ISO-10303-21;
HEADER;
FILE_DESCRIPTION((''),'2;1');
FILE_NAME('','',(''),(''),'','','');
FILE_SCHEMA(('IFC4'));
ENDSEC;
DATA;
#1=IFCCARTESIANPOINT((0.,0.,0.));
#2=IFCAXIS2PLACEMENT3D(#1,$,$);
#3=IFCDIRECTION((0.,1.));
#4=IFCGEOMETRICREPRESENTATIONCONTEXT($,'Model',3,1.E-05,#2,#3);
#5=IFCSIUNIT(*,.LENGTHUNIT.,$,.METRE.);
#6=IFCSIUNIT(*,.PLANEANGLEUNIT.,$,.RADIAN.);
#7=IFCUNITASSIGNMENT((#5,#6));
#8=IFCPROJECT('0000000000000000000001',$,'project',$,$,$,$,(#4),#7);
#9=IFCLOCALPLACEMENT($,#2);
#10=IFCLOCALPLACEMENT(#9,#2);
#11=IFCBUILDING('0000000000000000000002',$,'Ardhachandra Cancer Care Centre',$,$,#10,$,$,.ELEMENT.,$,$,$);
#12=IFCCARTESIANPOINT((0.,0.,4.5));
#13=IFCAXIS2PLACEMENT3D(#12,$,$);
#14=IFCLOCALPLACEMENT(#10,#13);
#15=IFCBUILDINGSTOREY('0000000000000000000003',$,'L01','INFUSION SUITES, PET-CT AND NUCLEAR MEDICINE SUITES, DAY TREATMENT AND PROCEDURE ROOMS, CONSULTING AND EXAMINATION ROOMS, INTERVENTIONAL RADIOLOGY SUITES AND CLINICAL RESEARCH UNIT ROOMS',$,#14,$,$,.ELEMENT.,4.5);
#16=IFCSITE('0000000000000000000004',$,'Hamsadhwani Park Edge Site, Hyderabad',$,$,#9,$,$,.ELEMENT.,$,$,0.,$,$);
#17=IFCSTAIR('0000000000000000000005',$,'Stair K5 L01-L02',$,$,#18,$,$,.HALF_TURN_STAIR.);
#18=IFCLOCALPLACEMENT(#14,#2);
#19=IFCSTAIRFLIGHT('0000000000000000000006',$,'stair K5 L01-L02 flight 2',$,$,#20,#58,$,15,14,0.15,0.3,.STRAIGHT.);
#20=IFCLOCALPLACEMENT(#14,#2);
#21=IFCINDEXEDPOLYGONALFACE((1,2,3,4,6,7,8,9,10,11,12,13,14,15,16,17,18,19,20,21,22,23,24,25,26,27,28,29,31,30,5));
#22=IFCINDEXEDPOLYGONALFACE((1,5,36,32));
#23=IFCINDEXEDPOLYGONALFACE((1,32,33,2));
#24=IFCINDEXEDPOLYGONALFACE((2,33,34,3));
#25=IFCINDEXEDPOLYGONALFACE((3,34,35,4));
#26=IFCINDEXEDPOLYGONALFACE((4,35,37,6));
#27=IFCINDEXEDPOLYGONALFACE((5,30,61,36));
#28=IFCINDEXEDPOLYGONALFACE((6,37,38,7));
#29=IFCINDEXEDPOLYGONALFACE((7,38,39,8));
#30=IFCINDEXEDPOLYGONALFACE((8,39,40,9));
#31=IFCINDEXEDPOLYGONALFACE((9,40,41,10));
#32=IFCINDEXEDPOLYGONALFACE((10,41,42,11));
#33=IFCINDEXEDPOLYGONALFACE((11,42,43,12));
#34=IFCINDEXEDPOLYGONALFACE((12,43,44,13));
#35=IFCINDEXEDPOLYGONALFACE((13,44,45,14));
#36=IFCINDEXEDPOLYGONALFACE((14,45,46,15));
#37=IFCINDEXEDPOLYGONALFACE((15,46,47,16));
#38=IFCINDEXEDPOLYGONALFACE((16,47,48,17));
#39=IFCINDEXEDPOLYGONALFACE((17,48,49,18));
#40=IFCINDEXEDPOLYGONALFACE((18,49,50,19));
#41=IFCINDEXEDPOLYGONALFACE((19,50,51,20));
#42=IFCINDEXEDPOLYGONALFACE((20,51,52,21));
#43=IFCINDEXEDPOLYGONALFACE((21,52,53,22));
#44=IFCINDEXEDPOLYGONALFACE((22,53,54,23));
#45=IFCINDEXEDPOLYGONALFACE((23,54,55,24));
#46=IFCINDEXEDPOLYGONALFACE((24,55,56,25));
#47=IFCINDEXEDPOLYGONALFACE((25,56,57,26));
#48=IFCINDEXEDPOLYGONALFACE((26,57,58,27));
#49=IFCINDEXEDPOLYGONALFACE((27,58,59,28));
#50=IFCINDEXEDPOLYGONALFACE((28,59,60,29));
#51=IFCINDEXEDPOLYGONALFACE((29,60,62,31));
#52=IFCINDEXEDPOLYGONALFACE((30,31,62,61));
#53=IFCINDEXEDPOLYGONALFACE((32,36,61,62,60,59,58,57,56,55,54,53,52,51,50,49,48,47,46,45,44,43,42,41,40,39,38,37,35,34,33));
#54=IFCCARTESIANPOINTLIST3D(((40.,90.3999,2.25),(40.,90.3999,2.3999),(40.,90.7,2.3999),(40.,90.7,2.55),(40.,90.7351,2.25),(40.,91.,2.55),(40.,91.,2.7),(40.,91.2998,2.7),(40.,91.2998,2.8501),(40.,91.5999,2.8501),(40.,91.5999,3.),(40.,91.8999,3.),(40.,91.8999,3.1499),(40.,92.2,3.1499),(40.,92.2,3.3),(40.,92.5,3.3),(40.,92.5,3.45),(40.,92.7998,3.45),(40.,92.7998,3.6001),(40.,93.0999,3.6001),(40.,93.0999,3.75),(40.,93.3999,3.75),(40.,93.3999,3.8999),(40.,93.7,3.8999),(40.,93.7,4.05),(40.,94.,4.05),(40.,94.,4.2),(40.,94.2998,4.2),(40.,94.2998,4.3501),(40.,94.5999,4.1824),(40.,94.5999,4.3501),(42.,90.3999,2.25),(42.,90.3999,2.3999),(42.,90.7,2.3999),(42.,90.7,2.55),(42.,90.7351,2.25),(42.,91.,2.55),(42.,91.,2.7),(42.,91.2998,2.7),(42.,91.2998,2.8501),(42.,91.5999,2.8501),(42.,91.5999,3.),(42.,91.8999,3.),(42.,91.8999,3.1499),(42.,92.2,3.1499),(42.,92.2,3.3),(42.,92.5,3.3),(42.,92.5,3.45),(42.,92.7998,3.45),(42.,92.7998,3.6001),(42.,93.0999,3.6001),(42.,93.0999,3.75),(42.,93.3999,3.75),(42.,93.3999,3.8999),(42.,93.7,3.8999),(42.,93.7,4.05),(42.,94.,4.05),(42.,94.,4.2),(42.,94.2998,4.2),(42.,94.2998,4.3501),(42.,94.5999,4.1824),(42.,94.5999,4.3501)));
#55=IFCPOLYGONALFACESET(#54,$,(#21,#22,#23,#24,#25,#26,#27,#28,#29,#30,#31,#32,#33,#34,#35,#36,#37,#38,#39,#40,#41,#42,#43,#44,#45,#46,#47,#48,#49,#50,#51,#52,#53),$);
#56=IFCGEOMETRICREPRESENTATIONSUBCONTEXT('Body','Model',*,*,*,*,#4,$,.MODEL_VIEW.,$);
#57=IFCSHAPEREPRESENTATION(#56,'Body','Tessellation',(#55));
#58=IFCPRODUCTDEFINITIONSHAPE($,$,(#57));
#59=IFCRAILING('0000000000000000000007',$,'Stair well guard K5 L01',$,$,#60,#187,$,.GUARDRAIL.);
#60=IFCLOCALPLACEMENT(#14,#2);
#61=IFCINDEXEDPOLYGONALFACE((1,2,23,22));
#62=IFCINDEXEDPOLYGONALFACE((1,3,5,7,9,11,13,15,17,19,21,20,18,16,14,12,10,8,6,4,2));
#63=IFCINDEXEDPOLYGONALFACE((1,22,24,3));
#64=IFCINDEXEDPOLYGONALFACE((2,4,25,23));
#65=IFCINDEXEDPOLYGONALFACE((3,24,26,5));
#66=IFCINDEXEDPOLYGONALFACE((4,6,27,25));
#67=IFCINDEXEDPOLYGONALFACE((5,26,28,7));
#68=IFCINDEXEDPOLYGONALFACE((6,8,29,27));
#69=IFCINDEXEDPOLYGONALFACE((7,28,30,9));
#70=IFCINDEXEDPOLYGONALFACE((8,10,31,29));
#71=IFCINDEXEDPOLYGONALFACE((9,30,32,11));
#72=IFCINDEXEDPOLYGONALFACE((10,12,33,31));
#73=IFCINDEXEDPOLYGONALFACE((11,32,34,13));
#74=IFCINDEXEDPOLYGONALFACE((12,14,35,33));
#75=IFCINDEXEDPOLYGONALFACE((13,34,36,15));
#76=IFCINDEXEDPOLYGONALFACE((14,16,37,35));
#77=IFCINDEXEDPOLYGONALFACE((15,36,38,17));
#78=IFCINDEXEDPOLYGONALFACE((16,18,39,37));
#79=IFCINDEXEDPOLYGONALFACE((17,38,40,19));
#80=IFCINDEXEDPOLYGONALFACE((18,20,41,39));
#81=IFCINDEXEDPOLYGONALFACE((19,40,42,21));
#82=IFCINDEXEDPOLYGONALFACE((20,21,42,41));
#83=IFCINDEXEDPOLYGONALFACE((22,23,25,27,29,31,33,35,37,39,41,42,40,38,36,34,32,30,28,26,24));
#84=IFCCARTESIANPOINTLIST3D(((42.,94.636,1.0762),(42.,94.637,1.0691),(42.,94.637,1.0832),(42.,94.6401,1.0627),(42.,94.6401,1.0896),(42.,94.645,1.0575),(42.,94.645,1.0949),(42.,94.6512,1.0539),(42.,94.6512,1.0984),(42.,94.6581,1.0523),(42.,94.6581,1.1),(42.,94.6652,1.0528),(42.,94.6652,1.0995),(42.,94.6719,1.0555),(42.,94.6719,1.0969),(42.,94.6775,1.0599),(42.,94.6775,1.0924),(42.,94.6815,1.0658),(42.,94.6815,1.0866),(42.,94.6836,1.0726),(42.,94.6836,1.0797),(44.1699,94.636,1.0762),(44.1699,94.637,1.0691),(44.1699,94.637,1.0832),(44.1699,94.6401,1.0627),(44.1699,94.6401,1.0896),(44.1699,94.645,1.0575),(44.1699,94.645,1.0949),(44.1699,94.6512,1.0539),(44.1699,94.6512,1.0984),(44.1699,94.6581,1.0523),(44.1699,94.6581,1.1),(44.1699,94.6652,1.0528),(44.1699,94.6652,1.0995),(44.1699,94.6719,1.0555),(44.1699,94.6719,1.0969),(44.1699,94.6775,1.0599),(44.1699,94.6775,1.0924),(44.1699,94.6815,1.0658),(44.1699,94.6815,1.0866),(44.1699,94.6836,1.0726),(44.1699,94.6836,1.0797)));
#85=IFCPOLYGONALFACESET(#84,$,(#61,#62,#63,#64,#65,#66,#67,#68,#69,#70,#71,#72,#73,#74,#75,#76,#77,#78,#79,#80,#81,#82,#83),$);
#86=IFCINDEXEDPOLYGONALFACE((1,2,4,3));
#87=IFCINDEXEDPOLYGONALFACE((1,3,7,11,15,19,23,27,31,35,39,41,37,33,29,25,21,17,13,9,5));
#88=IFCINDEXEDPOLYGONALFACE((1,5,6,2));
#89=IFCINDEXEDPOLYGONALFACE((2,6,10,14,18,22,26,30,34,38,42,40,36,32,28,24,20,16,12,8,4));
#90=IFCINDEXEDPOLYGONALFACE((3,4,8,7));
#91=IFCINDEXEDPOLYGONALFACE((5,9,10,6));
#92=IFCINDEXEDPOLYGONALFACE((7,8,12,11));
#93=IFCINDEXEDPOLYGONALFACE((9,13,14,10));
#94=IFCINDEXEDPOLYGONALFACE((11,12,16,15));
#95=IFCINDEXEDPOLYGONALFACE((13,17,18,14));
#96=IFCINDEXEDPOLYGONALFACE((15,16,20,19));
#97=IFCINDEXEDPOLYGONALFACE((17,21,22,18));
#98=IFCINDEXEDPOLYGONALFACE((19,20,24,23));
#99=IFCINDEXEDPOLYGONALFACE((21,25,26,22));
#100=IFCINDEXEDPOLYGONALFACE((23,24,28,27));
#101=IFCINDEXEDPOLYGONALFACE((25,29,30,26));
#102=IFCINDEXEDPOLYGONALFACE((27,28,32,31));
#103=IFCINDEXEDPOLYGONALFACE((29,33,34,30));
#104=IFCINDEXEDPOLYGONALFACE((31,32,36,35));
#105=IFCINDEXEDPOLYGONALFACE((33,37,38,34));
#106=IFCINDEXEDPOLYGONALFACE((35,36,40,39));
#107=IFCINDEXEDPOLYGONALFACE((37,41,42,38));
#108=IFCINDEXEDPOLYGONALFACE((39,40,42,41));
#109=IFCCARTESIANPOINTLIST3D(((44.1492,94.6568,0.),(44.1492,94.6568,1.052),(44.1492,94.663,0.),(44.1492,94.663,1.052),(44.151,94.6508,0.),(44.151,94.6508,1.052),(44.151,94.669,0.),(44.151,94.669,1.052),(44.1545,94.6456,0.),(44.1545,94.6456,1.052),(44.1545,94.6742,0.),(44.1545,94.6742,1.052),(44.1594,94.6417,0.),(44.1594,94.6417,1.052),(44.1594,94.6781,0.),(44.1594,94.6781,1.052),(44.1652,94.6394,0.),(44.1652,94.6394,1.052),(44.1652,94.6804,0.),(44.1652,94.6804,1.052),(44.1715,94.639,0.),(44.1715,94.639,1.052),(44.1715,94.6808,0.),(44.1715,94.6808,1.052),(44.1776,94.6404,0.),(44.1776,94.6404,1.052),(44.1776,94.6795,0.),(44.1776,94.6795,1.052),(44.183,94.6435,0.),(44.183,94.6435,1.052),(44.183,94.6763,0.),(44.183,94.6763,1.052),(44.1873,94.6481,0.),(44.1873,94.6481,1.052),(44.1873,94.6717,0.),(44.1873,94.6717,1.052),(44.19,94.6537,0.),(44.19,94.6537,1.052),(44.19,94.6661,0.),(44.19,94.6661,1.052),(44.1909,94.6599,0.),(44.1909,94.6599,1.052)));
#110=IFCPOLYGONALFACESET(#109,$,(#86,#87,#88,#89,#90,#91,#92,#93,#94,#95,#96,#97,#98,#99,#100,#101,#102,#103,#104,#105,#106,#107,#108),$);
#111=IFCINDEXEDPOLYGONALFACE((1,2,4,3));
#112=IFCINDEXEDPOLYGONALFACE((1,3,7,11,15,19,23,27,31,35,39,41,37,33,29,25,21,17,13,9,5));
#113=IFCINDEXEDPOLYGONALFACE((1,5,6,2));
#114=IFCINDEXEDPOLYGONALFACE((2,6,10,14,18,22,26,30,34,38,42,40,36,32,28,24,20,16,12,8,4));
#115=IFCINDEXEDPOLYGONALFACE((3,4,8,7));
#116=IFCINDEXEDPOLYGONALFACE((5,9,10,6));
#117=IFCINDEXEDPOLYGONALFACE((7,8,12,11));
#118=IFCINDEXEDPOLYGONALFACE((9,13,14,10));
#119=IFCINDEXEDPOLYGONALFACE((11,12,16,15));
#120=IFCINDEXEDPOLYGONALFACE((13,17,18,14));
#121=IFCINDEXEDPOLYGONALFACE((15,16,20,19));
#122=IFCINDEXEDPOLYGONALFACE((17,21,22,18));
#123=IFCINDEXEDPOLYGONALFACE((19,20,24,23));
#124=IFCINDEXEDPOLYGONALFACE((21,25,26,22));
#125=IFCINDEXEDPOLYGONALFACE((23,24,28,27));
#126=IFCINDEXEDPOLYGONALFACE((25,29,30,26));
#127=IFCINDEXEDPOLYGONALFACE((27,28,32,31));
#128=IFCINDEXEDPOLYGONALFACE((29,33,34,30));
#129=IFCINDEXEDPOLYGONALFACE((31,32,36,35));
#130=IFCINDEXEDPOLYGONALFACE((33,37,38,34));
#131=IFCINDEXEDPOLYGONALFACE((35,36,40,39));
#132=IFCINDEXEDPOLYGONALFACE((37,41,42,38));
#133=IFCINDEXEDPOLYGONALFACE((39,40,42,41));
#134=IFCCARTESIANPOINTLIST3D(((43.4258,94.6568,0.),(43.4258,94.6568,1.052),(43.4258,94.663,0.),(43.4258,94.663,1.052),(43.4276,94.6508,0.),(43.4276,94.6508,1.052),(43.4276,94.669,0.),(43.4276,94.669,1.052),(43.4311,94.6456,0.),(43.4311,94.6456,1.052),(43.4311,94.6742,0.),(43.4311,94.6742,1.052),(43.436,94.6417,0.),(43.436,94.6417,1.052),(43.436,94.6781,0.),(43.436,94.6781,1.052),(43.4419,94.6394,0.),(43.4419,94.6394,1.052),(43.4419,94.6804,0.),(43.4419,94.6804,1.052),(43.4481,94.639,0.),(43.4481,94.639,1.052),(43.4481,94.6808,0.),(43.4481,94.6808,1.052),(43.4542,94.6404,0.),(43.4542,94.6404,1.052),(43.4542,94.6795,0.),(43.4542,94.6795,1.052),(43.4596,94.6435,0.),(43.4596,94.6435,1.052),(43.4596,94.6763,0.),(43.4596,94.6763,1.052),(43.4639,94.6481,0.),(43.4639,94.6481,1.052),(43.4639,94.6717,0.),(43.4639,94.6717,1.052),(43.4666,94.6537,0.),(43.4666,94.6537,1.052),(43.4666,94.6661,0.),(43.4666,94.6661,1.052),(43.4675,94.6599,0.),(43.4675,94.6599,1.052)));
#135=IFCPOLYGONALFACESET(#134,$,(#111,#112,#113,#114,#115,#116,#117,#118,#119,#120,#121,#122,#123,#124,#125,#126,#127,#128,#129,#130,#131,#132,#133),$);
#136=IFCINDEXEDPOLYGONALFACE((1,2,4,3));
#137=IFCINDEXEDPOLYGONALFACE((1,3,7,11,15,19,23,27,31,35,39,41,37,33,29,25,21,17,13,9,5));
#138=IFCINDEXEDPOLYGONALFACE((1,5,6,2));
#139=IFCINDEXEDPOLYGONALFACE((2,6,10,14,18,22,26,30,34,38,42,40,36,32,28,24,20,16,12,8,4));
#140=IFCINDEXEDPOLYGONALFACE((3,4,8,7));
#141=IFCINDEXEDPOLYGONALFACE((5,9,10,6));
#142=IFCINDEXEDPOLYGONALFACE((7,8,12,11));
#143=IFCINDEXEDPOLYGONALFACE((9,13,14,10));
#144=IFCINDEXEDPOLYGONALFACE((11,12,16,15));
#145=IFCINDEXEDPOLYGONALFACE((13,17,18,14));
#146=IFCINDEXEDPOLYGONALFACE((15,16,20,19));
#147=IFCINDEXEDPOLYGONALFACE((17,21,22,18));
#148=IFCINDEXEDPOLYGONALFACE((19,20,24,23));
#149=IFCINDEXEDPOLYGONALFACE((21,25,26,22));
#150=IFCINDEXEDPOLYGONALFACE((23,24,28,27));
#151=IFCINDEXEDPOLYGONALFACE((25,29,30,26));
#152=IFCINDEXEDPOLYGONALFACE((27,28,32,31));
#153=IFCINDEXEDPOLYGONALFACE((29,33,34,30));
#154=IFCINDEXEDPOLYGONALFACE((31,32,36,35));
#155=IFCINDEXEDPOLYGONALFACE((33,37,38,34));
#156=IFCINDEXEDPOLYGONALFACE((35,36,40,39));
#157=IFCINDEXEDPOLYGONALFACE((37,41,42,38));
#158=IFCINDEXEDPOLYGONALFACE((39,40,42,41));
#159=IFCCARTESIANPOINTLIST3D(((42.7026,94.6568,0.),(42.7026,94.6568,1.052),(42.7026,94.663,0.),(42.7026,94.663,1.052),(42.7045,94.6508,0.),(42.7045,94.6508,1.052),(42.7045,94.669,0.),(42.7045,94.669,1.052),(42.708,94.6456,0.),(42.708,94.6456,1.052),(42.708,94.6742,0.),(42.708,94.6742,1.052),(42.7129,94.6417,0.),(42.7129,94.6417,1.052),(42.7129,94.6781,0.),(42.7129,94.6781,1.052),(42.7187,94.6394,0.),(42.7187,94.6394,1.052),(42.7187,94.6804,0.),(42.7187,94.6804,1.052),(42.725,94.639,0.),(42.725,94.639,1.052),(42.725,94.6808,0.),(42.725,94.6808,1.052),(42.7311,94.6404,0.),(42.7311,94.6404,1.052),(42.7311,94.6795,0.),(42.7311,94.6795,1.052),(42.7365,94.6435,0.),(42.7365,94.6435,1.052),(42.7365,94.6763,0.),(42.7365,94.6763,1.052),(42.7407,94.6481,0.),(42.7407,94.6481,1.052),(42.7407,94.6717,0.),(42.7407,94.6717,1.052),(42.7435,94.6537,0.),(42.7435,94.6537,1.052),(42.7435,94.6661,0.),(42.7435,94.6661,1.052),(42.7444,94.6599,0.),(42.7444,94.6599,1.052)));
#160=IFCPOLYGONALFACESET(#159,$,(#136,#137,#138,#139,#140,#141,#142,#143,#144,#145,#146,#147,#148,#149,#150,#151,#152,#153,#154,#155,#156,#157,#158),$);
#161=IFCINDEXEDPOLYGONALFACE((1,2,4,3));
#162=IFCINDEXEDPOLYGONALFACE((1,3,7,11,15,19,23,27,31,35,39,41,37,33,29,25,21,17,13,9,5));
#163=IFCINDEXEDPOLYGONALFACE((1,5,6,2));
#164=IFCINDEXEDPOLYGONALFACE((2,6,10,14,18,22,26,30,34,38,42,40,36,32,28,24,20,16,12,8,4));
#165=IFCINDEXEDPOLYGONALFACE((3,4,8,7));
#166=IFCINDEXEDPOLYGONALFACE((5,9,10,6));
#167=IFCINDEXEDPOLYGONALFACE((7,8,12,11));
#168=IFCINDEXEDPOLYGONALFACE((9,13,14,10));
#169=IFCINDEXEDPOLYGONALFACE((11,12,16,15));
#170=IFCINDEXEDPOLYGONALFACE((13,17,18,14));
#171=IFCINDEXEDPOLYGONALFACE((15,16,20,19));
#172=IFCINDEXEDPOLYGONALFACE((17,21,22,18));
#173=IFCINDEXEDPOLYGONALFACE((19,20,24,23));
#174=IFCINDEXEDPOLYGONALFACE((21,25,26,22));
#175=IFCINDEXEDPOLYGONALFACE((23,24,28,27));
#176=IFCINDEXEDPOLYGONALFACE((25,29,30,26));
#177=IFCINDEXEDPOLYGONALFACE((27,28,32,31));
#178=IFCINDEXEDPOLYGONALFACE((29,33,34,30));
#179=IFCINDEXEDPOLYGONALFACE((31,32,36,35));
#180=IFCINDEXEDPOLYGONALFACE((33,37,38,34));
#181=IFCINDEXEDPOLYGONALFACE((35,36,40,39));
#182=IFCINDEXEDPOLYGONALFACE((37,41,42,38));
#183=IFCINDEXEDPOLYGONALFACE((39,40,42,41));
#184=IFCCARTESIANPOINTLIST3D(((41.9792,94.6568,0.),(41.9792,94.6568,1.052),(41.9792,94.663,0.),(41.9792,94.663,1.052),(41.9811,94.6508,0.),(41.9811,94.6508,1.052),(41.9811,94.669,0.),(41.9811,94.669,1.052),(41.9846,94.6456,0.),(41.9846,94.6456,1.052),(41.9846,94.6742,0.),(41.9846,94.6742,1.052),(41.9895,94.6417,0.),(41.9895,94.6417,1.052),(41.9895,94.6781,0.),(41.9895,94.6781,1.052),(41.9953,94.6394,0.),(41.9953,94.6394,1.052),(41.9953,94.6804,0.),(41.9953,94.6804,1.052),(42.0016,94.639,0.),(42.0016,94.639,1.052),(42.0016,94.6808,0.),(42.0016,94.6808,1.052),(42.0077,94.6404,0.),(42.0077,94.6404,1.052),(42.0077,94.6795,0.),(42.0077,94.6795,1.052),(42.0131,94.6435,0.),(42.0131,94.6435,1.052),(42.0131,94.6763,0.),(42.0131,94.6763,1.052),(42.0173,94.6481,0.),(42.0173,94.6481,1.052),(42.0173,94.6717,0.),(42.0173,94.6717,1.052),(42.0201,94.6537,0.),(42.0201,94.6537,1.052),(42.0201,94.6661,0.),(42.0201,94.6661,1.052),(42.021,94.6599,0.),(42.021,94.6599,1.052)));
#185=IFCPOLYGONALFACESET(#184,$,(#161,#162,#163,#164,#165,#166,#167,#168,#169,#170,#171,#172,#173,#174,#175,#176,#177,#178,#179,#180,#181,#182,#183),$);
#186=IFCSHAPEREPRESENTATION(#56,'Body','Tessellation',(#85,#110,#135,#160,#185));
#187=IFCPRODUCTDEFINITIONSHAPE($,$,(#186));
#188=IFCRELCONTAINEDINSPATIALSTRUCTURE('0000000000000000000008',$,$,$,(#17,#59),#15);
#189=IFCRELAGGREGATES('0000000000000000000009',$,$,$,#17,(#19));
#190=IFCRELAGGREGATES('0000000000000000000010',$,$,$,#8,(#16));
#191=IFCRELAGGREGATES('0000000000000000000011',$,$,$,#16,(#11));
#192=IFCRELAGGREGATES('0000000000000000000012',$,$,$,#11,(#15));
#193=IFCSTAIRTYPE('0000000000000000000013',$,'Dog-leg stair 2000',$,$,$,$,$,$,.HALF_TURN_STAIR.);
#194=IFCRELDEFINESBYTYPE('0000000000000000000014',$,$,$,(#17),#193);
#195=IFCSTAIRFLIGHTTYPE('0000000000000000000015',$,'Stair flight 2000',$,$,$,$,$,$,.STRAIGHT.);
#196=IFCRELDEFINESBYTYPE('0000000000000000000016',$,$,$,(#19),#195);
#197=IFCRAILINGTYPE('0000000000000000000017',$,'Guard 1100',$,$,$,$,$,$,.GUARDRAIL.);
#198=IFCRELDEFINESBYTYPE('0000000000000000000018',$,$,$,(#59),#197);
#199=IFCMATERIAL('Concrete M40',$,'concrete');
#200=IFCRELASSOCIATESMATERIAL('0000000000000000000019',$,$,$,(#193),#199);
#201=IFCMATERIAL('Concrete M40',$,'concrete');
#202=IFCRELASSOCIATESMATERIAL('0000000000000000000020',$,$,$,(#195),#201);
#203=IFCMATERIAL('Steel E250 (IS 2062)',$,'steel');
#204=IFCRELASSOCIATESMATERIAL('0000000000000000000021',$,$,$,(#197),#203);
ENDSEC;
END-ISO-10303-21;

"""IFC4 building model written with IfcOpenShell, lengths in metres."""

from ifc_helpers import new_model, si_unit, direction, frame, origin, origin_2d, place, context, subcontext, project, spatial, polyline, circle, outline, extrude, material, type_object, element, aggregate, save


model = new_model("IFC4")

# Units and contexts
model_context = context("Model", 3, precision=1e-05, world=origin(), true_north=direction((0.0, 1.0)))
body_context = subcontext(model_context, "Body", "Model", "MODEL_VIEW")
ifc_project = project(units=[si_unit("LENGTHUNIT", "METRE"), si_unit("PLANEANGLEUNIT", "RADIAN")], contexts=[model_context])

# Site, building, storey
site_placement = place(None, origin())
site = spatial("IfcSite", under=ifc_project, at=site_placement, Name="Hamsadhwani Park Edge Site, Hyderabad", CompositionType="ELEMENT", RefElevation=0.0)
building_placement = place(site_placement, origin())
building = spatial("IfcBuilding", under=site, at=building_placement, Name="Ardhachandra Cancer Care Centre", CompositionType="ELEMENT")
storey_placement = place(building_placement, frame((0.0, 0.0, 4.5)))
storey = spatial("IfcBuildingStorey", under=building, at=storey_placement, Name="L01", Description="INFUSION SUITES, PET-CT AND NUCLEAR MEDICINE SUITES, DAY TREATMENT AND PROCEDURE ROOMS, CONSULTING AND EXAMINATION ROOMS, INTERVENTIONAL RADIOLOGY SUITES AND CLINICAL RESEARCH UNIT ROOMS", CompositionType="ELEMENT", Elevation=4.5)

# Stair, stair flight
ifc_material_1 = material(Name="Concrete M40", Category="concrete")
stair_type = type_object("IfcStairType", Name="Dog-leg stair 2000", PredefinedType="HALF_TURN_STAIR", material=ifc_material_1)
stair_placement = place(storey_placement, origin())
stair = element("IfcStair", 1, at=stair_placement, inside=storey, type_object=stair_type, Name="Stair K5 L01-L02", PredefinedType="HALF_TURN_STAIR")
ifc_material_2 = material(Name="Concrete M40", Category="concrete")
stair_flight_type = type_object("IfcStairFlightType", Name="Stair flight 2000", PredefinedType="STRAIGHT", material=ifc_material_2)
stair_flight_1_placement = place(storey_placement, frame((41.0, 90.3999, 2.25), z_axis=(0.0, 0.0, 1.0), x_axis=(0.0, 1.0, 0.0)))
stair_flight_1 = element("IfcStairFlight", 2, at=stair_flight_1_placement, type_object=stair_flight_type, Name="stair K5 L01-L02 flight 2", NumberOfRisers=15, NumberOfTreads=14, PredefinedType="STRAIGHT", RiserHeight=0.15, TreadLength=0.3, context=body_context, shape_type="SweptSolid", body=[
    extrude(outline(polyline([(0.0, 0.0), (0.0, 0.1499), (0.3, 0.1499), (0.3, 0.3), (0.6001, 0.3), (0.6001, 0.45), (0.8999, 0.45), (0.8999, 0.6001), (1.2, 0.6001), (1.2, 0.75), (1.5, 0.75), (1.5, 0.8999), (1.8, 0.8999), (1.8, 1.05), (2.1001, 1.05), (2.1001, 1.2), (2.3999, 1.2), (2.3999, 1.3501), (2.7, 1.3501), (2.7, 1.5), (3.0, 1.5), (3.0, 1.6499), (3.3, 1.6499), (3.3, 1.8), (3.6001, 1.8), (3.6001, 1.95), (3.8999, 1.95), (3.8999, 2.1001), (4.2, 2.1001), (4.2, 2.25), (4.2, 1.9324), (0.3352, 0.0), (0.0, 0.0)])), frame((0.0, 1.0, 0.0), z_axis=(0.0, -1.0, 0.0), x_axis=(1.0, 0.0, 0.0)), (0.0, 0.0, 1.0), 2.0),
])
aggregate(stair, [stair_flight_1])

# Railing
ifc_material_3 = material(Name="Steel E250 (IS 2062)", Category="steel")
railing_type_1 = type_object("IfcRailingType", Name="Guard 1100", PredefinedType="GUARDRAIL", material=ifc_material_3)
railing_1_placement = place(storey_placement, frame((44.1699, 94.6599, 0.0)))
element("IfcRailing", 3, at=railing_1_placement, inside=storey, type_object=railing_type_1, Name="Stair well guard K5 L01", PredefinedType="GUARDRAIL", context=body_context, shape_type="SweptSolid", body=[
    extrude(circle(Radius=0.0239, at=origin_2d()), frame((0.0, 0.0, 1.0762), z_axis=(-1.0, 0.0, 0.0), x_axis=(0.0, -1.0, 0.0)), (0.0, 0.0, 1.0), 2.1699),
    extrude(circle(Radius=0.021, at=origin_2d()), origin(), (0.0, 0.0, 1.0), 1.052),
    extrude(circle(Radius=0.021, at=origin_2d()), frame((-0.7234, 0.0, 0.0)), (0.0, 0.0, 1.0), 1.052),
    extrude(circle(Radius=0.021, at=origin_2d()), frame((-1.4465, 0.0, 0.0)), (0.0, 0.0, 1.0), 1.052),
    extrude(circle(Radius=0.021, at=origin_2d()), frame((-2.1699, 0.0, 0.0)), (0.0, 0.0, 1.0), 1.052),
])

save(model, "model.ifc")
